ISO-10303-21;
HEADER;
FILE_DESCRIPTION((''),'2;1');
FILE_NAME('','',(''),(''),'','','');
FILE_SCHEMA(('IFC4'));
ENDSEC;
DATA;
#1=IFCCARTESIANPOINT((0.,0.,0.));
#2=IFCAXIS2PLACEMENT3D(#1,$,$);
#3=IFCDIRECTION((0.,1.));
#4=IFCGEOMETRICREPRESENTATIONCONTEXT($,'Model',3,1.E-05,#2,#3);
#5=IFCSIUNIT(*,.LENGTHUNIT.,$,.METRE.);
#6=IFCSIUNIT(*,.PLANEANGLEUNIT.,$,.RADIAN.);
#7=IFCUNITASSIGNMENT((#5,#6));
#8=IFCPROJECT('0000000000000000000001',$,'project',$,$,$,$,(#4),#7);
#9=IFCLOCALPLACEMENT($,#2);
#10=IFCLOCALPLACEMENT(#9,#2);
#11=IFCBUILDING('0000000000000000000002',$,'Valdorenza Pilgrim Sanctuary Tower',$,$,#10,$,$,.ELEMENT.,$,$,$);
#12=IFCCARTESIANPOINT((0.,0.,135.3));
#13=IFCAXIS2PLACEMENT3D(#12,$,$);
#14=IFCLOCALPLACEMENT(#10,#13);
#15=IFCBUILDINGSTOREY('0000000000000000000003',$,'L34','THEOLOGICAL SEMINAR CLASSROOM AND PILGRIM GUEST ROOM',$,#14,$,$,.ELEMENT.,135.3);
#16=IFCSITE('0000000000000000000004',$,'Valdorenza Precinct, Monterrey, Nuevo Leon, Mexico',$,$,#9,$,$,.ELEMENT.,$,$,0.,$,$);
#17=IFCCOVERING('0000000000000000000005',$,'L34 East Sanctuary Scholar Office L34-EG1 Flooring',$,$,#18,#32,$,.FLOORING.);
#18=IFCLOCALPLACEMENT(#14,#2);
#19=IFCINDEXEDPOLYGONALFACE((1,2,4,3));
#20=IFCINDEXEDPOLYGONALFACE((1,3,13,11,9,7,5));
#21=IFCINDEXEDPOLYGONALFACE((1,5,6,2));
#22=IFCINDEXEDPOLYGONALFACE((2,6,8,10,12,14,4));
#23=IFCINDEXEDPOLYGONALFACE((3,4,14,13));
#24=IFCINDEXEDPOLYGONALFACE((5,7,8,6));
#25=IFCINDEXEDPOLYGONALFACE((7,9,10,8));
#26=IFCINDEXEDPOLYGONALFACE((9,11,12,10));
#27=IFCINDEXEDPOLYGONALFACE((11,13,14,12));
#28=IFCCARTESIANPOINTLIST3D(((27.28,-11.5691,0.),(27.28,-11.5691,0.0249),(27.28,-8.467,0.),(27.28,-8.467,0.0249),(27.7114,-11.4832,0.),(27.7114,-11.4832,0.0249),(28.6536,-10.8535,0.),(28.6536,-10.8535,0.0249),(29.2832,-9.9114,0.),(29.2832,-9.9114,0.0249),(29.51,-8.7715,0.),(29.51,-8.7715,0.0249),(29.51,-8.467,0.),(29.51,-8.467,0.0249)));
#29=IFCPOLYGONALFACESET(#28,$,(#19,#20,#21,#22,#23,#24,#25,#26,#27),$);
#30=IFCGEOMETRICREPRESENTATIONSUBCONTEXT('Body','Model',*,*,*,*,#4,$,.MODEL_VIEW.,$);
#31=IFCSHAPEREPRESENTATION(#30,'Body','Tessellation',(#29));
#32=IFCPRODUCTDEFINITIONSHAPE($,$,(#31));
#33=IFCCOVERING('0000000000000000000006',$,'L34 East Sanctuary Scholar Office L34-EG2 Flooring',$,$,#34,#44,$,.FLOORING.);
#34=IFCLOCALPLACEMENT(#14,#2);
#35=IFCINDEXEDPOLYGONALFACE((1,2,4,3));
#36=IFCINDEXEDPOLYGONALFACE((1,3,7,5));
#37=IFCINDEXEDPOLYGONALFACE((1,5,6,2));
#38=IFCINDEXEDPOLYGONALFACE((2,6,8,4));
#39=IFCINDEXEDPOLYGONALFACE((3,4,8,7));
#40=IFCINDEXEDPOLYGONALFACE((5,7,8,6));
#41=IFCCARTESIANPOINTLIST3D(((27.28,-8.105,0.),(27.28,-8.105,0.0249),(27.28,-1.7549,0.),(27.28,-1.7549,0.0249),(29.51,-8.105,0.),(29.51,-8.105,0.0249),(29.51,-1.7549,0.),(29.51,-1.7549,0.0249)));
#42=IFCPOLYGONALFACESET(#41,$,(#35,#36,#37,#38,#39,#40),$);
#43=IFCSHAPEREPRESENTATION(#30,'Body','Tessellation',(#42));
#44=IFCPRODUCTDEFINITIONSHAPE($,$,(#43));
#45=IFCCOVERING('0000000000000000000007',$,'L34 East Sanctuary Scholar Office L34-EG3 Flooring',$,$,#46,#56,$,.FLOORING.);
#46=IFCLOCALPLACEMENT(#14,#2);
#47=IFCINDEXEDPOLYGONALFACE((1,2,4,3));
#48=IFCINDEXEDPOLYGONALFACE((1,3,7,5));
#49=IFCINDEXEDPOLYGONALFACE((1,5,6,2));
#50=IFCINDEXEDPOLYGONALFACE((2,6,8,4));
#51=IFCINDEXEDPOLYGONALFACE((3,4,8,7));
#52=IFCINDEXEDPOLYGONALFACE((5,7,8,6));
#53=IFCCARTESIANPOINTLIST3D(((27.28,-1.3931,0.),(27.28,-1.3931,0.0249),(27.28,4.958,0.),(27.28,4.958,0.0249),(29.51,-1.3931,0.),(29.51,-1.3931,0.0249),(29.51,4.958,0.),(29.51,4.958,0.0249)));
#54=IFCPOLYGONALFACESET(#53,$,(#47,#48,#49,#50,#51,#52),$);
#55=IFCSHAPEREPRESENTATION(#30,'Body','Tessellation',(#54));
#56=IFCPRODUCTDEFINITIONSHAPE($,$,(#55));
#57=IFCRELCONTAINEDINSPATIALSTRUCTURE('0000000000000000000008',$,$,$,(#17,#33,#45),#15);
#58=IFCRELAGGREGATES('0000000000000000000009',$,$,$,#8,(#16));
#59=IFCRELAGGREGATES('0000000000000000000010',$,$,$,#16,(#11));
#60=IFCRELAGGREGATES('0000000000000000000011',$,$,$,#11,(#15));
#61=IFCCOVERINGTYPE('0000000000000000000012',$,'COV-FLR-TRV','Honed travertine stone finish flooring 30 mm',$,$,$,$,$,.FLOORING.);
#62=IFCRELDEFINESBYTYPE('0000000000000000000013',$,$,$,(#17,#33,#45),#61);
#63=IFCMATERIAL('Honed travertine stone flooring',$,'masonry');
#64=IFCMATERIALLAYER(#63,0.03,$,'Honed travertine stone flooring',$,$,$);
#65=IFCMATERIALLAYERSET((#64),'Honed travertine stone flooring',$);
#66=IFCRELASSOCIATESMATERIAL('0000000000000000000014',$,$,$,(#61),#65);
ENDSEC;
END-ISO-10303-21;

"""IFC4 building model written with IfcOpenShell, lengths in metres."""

from ifc_helpers import new_model, si_unit, direction, frame, origin, place, context, subcontext, project, spatial, polyline, outline, extrude, material, layer, layer_set, type_object, element, save


model = new_model("IFC4")

# Units and contexts
model_context = context("Model", 3, precision=1e-05, world=origin(), true_north=direction((0.0, 1.0)))
body_context = subcontext(model_context, "Body", "Model", "MODEL_VIEW")
ifc_project = project(units=[si_unit("LENGTHUNIT", "METRE"), si_unit("PLANEANGLEUNIT", "RADIAN")], contexts=[model_context])

# Site, building, storey
site_placement = place(None, origin())
site = spatial("IfcSite", under=ifc_project, at=site_placement, Name="Valdorenza Precinct, Monterrey, Nuevo Leon, Mexico", CompositionType="ELEMENT", RefElevation=0.0)
building_placement = place(site_placement, origin())
building = spatial("IfcBuilding", under=site, at=building_placement, Name="Valdorenza Pilgrim Sanctuary Tower", CompositionType="ELEMENT")
storey_placement = place(building_placement, frame((0.0, 0.0, 135.3)))
storey = spatial("IfcBuildingStorey", under=building, at=storey_placement, Name="L34", Description="THEOLOGICAL SEMINAR CLASSROOM AND PILGRIM GUEST ROOM", CompositionType="ELEMENT", Elevation=135.3)

# Coverings
ifc_material_1 = material(Name="Honed travertine stone flooring", Category="masonry")
ifc_layer_1 = layer(ifc_material_1, 0.03, Name="Honed travertine stone flooring")
ifc_layer_set_1 = layer_set([ifc_layer_1], Name="Honed travertine stone flooring")
covering_type_1 = type_object("IfcCoveringType", Name="COV-FLR-TRV", Description="Honed travertine stone finish flooring 30 mm", PredefinedType="FLOORING", material=ifc_layer_set_1)
covering_1_placement = place(storey_placement, origin())
element("IfcCovering", 1, at=covering_1_placement, inside=storey, type_object=covering_type_1, Name="L34 East Sanctuary Scholar Office L34-EG1 Flooring", PredefinedType="FLOORING", context=body_context, shape_type="SweptSolid", body=[
    extrude(outline(polyline([(29.2832, -9.9114), (28.6536, -10.8535), (27.7114, -11.4832), (27.28, -11.5691), (27.28, -8.467), (29.51, -8.467), (29.51, -8.7715), (29.2832, -9.9114)])), origin(), (0.0, 0.0, 1.0), 0.0249),
])
covering_2_placement = place(storey_placement, origin())
element("IfcCovering", 2, at=covering_2_placement, inside=storey, type_object=covering_type_1, Name="L34 East Sanctuary Scholar Office L34-EG2 Flooring", PredefinedType="FLOORING", context=body_context, shape_type="SweptSolid", body=[
    extrude(outline(polyline([(27.28, -1.7549), (29.51, -1.7549), (29.51, -8.105), (27.28, -8.105), (27.28, -1.7549)])), origin(), (0.0, 0.0, 1.0), 0.0249),
])
covering_3_placement = place(storey_placement, origin())
element("IfcCovering", 3, at=covering_3_placement, inside=storey, type_object=covering_type_1, Name="L34 East Sanctuary Scholar Office L34-EG3 Flooring", PredefinedType="FLOORING", context=body_context, shape_type="SweptSolid", body=[
    extrude(outline(polyline([(27.28, 4.958), (29.51, 4.958), (29.51, -1.3931), (27.28, -1.3931), (27.28, 4.958)])), origin(), (0.0, 0.0, 1.0), 0.0249),
])

save(model, "model.ifc")
